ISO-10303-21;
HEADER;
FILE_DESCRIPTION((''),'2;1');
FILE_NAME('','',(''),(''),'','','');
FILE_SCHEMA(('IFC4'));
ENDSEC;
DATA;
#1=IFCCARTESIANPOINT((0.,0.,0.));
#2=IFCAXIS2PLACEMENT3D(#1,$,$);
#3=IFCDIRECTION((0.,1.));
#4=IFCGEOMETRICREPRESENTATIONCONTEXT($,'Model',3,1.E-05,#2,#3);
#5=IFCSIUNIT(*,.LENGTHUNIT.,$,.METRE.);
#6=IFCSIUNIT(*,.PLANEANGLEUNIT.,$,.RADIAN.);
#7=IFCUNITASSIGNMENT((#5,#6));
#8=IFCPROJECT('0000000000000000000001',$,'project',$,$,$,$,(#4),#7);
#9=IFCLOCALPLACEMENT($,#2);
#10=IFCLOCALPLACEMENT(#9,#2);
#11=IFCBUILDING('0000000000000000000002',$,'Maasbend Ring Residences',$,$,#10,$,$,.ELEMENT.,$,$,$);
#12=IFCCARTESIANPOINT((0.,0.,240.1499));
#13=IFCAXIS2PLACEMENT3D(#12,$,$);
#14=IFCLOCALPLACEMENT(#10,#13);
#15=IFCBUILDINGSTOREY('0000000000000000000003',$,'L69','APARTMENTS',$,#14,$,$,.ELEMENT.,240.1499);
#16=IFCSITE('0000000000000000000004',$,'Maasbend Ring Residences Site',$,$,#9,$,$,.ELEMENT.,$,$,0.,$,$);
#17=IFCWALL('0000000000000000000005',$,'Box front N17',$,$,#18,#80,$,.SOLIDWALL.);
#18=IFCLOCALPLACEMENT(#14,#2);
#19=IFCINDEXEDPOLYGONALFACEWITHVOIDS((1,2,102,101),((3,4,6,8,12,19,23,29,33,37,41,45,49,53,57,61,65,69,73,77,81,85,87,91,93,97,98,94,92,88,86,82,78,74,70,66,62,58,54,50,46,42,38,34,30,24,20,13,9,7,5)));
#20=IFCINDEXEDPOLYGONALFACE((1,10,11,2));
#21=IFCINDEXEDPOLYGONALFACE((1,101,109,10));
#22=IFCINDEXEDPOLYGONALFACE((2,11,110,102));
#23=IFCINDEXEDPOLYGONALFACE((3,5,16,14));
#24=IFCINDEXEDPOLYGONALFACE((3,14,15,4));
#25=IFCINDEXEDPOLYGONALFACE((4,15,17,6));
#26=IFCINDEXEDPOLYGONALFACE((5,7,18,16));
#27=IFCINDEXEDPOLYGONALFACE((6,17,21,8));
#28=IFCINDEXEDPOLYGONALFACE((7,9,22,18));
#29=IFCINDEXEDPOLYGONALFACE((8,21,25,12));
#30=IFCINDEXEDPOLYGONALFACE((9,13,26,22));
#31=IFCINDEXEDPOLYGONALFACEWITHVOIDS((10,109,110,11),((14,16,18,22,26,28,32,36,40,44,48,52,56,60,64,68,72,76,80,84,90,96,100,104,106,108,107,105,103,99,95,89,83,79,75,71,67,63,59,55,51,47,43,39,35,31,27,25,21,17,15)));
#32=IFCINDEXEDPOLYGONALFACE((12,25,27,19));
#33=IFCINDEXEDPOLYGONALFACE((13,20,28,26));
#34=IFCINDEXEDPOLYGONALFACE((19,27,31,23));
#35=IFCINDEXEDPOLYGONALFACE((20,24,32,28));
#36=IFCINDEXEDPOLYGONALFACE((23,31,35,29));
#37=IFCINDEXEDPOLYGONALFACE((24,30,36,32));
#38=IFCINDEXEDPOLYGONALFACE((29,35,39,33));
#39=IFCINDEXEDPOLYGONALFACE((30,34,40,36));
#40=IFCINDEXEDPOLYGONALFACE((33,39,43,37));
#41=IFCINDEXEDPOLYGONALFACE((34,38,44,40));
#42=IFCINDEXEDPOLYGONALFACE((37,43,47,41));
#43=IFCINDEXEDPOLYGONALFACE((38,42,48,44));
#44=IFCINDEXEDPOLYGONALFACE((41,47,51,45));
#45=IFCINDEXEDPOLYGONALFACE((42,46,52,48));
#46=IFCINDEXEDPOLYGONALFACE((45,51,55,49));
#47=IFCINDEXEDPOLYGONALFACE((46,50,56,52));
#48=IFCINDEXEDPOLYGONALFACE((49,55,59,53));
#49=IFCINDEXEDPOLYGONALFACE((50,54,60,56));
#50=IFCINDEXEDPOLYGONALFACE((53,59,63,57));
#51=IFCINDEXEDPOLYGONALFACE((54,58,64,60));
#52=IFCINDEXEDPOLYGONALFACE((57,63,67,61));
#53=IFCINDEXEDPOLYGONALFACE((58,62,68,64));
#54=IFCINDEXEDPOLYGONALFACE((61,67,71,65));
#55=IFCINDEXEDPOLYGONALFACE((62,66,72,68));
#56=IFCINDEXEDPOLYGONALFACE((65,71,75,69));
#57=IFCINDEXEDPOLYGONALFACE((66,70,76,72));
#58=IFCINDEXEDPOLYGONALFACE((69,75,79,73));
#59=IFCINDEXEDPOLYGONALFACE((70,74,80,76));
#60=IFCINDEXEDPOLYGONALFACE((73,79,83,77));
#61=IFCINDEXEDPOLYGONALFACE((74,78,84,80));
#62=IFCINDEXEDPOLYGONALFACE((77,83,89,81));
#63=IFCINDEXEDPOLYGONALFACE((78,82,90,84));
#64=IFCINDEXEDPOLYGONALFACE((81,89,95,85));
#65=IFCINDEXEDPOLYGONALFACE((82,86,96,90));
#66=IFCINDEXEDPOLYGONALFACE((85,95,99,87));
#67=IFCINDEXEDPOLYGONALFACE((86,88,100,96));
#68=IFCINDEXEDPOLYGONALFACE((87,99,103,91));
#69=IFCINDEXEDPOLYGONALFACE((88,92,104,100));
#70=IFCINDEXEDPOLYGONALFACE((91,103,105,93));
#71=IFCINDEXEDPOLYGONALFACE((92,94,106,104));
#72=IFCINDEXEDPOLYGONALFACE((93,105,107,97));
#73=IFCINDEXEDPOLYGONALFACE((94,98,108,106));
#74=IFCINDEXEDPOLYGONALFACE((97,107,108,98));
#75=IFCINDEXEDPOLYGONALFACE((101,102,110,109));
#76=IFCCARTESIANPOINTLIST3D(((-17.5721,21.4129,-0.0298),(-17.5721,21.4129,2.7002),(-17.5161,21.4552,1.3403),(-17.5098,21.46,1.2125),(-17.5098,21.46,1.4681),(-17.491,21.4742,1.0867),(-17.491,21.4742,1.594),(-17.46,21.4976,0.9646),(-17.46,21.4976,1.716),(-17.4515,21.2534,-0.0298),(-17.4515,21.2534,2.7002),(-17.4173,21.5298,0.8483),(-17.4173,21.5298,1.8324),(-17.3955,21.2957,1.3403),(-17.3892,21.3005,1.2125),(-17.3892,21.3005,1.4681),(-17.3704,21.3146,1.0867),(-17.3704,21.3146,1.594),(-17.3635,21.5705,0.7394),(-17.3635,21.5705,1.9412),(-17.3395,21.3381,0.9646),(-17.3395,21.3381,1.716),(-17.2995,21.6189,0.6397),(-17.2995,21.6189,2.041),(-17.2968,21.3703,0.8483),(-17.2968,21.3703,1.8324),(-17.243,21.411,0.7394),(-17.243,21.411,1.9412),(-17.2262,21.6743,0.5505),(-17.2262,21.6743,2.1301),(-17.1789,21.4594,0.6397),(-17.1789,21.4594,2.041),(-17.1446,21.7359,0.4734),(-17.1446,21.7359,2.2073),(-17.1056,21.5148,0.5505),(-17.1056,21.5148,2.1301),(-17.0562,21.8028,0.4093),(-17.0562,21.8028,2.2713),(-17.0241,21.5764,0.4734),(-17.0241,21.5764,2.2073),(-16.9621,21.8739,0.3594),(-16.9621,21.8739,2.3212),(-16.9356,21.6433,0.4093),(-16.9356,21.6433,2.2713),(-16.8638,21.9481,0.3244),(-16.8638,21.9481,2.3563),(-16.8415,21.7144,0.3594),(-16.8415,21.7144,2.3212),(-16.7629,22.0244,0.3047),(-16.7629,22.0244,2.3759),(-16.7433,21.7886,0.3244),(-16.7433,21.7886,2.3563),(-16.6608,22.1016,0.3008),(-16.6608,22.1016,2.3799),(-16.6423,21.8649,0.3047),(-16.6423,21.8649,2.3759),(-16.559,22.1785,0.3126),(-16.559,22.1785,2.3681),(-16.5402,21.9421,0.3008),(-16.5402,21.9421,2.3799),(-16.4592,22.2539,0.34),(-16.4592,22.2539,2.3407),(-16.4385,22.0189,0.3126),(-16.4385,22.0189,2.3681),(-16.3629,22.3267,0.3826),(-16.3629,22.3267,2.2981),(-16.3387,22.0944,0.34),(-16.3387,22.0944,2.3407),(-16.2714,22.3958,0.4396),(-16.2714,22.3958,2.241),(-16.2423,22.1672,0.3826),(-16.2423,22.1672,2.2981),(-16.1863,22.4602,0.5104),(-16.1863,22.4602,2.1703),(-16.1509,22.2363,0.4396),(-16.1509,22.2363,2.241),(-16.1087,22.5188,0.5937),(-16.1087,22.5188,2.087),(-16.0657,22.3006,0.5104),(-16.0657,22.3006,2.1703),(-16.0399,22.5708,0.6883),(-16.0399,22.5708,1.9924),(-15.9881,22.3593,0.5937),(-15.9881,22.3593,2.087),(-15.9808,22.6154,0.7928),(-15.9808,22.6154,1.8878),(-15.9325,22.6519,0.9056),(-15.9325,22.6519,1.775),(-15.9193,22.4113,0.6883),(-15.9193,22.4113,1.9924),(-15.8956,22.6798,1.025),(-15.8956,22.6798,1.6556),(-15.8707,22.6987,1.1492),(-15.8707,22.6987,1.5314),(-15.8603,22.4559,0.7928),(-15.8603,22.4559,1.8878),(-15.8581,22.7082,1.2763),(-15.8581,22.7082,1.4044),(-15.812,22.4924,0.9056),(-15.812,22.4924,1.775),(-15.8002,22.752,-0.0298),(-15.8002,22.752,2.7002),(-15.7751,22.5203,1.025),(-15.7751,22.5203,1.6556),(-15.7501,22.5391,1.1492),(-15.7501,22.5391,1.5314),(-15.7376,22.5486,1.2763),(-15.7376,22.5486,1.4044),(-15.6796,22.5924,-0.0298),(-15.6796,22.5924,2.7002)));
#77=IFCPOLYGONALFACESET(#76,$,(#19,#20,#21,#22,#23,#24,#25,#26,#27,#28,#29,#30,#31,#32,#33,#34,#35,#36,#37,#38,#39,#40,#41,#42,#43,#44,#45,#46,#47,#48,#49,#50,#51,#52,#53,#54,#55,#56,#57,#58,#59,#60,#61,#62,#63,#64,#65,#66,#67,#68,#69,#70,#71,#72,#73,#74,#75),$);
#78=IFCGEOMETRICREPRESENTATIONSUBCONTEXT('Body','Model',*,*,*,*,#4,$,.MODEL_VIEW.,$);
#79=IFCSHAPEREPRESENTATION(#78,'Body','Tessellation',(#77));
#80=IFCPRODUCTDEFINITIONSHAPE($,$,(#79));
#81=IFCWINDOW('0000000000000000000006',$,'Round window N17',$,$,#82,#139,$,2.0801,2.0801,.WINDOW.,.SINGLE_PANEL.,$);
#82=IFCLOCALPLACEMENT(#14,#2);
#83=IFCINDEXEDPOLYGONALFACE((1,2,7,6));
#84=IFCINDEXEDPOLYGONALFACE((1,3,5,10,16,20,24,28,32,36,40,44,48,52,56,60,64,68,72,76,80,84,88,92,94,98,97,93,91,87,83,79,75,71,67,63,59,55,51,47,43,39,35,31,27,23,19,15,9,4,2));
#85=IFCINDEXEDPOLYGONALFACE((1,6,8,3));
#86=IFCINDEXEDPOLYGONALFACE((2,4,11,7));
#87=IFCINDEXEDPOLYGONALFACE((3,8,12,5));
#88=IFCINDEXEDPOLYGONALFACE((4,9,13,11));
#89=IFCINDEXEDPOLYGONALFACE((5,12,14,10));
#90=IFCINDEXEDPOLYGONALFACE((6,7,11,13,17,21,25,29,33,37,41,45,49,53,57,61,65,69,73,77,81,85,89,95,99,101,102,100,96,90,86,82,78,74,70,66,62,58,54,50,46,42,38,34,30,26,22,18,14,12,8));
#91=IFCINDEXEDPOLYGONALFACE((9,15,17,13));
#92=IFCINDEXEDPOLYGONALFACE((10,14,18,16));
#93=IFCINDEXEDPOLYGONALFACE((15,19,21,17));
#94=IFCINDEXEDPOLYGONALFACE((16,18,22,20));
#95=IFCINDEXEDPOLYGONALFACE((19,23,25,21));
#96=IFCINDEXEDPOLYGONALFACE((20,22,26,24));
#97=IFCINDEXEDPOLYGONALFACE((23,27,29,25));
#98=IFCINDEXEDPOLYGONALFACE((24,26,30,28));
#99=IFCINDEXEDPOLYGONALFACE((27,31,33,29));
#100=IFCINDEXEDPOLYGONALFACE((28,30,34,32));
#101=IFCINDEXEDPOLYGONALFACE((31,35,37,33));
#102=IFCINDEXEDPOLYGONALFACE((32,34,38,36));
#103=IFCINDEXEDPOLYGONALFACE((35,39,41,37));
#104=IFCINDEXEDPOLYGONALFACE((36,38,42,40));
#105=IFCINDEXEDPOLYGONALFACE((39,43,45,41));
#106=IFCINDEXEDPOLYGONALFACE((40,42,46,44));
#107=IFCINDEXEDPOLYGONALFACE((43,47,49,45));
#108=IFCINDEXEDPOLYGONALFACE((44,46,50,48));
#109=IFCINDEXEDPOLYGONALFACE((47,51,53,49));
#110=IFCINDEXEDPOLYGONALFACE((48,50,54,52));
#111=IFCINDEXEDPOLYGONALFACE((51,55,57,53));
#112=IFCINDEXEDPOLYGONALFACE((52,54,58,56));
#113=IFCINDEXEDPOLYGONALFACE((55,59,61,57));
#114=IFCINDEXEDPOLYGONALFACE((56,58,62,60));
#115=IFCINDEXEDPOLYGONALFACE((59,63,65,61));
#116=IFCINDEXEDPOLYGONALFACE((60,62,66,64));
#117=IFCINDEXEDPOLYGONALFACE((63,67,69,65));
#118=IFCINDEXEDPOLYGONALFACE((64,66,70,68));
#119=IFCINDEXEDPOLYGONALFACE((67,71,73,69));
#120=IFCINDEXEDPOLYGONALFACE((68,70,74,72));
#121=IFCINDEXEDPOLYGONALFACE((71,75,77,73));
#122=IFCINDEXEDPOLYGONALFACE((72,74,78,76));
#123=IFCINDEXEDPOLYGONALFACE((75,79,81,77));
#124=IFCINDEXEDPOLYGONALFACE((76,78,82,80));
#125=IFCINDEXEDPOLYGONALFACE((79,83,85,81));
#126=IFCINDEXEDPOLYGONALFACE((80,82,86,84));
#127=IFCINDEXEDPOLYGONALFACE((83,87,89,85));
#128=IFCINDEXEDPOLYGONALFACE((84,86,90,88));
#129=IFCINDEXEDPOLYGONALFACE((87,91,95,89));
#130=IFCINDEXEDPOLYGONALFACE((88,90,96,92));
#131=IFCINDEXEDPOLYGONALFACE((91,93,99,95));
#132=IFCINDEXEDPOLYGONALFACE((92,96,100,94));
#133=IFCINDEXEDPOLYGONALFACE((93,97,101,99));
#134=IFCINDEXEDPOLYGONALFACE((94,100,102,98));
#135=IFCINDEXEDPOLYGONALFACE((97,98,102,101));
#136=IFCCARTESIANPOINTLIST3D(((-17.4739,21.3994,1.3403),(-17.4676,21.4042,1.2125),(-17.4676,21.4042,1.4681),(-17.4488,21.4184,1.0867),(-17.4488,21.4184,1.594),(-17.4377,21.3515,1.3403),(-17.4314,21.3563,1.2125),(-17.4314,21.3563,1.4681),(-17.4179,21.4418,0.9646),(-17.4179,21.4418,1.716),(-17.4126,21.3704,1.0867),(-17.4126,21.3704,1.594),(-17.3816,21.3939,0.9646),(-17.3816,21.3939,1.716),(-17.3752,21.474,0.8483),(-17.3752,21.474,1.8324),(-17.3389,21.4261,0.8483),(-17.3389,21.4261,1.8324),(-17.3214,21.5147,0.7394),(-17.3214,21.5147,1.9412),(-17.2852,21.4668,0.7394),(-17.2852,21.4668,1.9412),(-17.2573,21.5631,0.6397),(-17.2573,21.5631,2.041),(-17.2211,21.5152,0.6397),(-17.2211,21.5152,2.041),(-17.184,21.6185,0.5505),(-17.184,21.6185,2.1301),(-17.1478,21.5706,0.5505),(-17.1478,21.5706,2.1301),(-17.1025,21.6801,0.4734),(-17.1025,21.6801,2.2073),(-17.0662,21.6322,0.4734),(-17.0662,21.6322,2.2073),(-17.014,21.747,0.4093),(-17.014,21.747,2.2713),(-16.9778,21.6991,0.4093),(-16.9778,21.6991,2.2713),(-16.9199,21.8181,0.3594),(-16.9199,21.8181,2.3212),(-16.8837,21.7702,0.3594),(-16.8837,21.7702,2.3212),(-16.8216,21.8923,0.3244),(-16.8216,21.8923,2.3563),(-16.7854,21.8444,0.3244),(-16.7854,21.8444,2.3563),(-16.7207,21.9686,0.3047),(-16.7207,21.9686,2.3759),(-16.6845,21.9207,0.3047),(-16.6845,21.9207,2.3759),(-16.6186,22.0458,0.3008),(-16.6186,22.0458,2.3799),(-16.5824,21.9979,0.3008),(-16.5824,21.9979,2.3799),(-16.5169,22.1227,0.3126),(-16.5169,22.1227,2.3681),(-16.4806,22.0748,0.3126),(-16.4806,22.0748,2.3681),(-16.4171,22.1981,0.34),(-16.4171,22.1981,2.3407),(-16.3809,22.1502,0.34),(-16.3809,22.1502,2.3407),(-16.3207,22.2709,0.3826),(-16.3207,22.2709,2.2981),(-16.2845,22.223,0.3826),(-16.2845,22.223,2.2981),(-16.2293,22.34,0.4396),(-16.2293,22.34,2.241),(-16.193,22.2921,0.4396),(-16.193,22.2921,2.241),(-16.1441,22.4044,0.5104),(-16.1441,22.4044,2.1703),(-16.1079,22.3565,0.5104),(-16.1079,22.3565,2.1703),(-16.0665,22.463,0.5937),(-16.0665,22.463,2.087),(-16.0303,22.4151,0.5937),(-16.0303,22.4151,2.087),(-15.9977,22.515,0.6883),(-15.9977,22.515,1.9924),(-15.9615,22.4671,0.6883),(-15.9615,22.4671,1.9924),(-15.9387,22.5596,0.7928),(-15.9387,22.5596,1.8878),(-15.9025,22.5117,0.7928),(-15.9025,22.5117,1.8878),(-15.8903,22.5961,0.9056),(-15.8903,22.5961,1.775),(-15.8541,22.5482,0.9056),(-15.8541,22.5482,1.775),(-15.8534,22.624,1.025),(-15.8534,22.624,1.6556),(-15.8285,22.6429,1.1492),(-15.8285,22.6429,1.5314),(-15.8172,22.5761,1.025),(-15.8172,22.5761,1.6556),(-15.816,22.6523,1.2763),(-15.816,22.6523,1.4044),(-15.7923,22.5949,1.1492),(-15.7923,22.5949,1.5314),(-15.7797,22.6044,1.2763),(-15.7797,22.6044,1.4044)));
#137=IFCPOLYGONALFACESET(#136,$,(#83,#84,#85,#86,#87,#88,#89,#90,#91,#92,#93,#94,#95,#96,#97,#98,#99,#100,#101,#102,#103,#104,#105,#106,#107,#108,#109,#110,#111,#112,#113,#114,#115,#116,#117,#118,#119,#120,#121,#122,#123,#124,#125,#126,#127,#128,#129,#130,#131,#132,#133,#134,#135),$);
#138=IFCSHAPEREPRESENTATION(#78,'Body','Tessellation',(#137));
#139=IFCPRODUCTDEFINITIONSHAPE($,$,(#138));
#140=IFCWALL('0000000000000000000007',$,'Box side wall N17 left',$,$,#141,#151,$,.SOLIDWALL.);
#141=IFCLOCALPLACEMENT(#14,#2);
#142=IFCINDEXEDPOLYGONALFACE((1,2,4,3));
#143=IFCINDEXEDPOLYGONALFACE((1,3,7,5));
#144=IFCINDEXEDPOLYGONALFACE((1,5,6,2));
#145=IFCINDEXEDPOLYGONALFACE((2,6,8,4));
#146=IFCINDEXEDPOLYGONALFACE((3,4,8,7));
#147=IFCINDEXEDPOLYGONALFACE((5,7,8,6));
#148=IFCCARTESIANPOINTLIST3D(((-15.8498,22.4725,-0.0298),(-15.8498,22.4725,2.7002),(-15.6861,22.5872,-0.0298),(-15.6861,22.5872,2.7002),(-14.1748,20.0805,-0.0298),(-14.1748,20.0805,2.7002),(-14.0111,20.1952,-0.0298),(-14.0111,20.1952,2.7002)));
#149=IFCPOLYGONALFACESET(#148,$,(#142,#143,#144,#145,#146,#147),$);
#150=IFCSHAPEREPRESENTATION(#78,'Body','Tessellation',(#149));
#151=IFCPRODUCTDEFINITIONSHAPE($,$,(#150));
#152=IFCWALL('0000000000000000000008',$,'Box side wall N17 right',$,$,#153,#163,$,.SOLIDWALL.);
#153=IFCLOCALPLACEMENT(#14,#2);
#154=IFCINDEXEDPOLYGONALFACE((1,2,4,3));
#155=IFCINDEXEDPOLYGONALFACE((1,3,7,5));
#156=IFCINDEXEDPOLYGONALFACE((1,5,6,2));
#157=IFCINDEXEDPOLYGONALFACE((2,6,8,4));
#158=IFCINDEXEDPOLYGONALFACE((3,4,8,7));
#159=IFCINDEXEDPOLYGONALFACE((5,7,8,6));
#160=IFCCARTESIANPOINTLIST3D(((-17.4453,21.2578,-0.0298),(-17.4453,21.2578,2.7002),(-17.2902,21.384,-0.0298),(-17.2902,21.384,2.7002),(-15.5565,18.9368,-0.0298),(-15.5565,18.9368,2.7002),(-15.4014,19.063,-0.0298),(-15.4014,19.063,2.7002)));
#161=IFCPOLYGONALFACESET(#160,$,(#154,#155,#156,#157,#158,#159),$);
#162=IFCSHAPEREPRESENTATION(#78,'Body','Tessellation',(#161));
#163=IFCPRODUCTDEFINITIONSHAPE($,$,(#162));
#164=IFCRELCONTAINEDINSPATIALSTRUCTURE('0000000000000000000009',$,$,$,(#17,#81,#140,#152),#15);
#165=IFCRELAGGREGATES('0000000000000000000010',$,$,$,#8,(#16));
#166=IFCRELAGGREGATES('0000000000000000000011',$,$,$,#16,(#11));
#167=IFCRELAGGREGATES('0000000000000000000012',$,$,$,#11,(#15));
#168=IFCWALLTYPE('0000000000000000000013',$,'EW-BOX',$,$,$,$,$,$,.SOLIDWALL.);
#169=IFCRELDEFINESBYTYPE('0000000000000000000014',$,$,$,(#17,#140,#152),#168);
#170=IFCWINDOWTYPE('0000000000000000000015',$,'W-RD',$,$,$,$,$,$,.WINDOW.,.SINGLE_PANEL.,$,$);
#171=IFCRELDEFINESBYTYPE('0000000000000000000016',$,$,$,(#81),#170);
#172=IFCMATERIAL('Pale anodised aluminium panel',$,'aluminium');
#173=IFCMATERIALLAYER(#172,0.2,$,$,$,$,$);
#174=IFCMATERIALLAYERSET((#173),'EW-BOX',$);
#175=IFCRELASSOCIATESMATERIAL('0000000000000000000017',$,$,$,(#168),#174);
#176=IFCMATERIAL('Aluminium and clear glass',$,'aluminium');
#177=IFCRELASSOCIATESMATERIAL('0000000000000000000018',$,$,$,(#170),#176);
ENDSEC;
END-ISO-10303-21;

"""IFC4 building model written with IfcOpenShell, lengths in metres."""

from ifc_helpers import new_model, si_unit, direction, frame, frame_2d, origin, place, context, subcontext, project, spatial, rectangle, circle, extrude, material, layer, layer_set, type_object, element, fill, save


model = new_model("IFC4")

# Units and contexts
model_context = context("Model", 3, precision=1e-05, world=origin(), true_north=direction((0.0, 1.0)))
body_context = subcontext(model_context, "Body", "Model", "MODEL_VIEW")
ifc_project = project(units=[si_unit("LENGTHUNIT", "METRE"), si_unit("PLANEANGLEUNIT", "RADIAN")], contexts=[model_context])

# Site, building, storey
site_placement = place(None, origin())
site = spatial("IfcSite", under=ifc_project, at=site_placement, Name="Maasbend Ring Residences Site", CompositionType="ELEMENT", RefElevation=0.0)
building_placement = place(site_placement, origin())
building = spatial("IfcBuilding", under=site, at=building_placement, Name="Maasbend Ring Residences", CompositionType="ELEMENT")
storey_placement = place(building_placement, frame((0.0, 0.0, 240.1499)))
storey = spatial("IfcBuildingStorey", under=building, at=storey_placement, Name="L69", Description="APARTMENTS", CompositionType="ELEMENT", Elevation=240.1499)

# Shared definitions
ifc_material_1 = material(Name="Pale anodised aluminium panel", Category="aluminium")
ifc_layer_1 = layer(ifc_material_1, 0.2)
ifc_layer_set_1 = layer_set([ifc_layer_1], Name="EW-BOX")
wall_type_1 = type_object("IfcWallType", Name="EW-BOX", PredefinedType="SOLIDWALL", material=ifc_layer_set_1)
ifc_material_2 = material(Name="Aluminium and clear glass", Category="aluminium")
window_type_1 = type_object("IfcWindowType", Name="W-RD", PartitioningType="SINGLE_PANEL", PredefinedType="WINDOW", material=ifc_material_2)

# Wall, opening, window
wall_1_placement = place(storey_placement, frame((-15.74, 22.6721, -0.0298), z_axis=(0.0, 0.0, 1.0), x_axis=(-0.797805, -0.602916, 0.0)))
wall_1 = element("IfcWall", 1, at=wall_1_placement, inside=storey, type_object=wall_type_1, Name="Box front N17", PredefinedType="SOLIDWALL", context=body_context, shape_type="SweptSolid", body=[
    extrude(rectangle(XDim=2.2209, YDim=0.2, at=frame_2d((1.1104, 0.0))), origin(), (0.0, 0.0, 1.0), 2.73),
])
opening_1_placement = place(wall_1_placement, frame((0.0706, 0.0, 0.3301)))
opening_1 = element("IfcOpeningElement", 2, at=opening_1_placement, cuts=wall_1, PredefinedType="OPENING", context=body_context, shape_type="SweptSolid", body=[
    extrude(circle(Radius=1.04, at=frame_2d((1.04, 1.04))), frame((0.0, 0.1099, 0.0), z_axis=(0.0, -1.0, 0.0), x_axis=(1.0, 0.0, 0.0)), (0.0, 0.0, 1.0), 0.22),
])
window_1_placement = place(opening_1_placement, origin())
window_1 = element("IfcWindow", 3, at=window_1_placement, inside=storey, type_object=window_type_1, Name="Round window N17", OverallHeight=2.0801, OverallWidth=2.0801, PartitioningType="SINGLE_PANEL", PredefinedType="WINDOW", context=body_context, shape_type="SweptSolid", body=[
    extrude(circle(Radius=1.04, at=frame_2d((1.04, 1.04))), frame((0.0, 0.03, 0.0), z_axis=(0.0, -1.0, 0.0), x_axis=(1.0, 0.0, 0.0)), (0.0, 0.0, 1.0), 0.0601),
])
fill(opening_1, window_1)

# Walls
wall_2_placement = place(storey_placement, frame((-14.093, 20.1379, -0.0298), z_axis=(0.0, 0.0, 1.0), x_axis=(-0.573597, 0.819138, 0.0)))
element("IfcWall", 4, at=wall_2_placement, inside=storey, type_object=wall_type_1, Name="Box side wall N17 left", PredefinedType="SOLIDWALL", context=body_context, shape_type="SweptSolid", body=[
    extrude(rectangle(XDim=2.9202, YDim=0.2, at=frame_2d((1.46, 0.0))), origin(), (0.0, 0.0, 1.0), 2.73),
])
wall_3_placement = place(storey_placement, frame((-15.479, 19.0, -0.0298), z_axis=(0.0, 0.0, 1.0), x_axis=(-0.63121, 0.775612, 0.0)))
element("IfcWall", 5, at=wall_3_placement, inside=storey, type_object=wall_type_1, Name="Box side wall N17 right", PredefinedType="SOLIDWALL", context=body_context, shape_type="SweptSolid", body=[
    extrude(rectangle(XDim=2.9924, YDim=0.2, at=frame_2d((1.4961, 0.0))), origin(), (0.0, 0.0, 1.0), 2.73),
])

save(model, "model.ifc")
